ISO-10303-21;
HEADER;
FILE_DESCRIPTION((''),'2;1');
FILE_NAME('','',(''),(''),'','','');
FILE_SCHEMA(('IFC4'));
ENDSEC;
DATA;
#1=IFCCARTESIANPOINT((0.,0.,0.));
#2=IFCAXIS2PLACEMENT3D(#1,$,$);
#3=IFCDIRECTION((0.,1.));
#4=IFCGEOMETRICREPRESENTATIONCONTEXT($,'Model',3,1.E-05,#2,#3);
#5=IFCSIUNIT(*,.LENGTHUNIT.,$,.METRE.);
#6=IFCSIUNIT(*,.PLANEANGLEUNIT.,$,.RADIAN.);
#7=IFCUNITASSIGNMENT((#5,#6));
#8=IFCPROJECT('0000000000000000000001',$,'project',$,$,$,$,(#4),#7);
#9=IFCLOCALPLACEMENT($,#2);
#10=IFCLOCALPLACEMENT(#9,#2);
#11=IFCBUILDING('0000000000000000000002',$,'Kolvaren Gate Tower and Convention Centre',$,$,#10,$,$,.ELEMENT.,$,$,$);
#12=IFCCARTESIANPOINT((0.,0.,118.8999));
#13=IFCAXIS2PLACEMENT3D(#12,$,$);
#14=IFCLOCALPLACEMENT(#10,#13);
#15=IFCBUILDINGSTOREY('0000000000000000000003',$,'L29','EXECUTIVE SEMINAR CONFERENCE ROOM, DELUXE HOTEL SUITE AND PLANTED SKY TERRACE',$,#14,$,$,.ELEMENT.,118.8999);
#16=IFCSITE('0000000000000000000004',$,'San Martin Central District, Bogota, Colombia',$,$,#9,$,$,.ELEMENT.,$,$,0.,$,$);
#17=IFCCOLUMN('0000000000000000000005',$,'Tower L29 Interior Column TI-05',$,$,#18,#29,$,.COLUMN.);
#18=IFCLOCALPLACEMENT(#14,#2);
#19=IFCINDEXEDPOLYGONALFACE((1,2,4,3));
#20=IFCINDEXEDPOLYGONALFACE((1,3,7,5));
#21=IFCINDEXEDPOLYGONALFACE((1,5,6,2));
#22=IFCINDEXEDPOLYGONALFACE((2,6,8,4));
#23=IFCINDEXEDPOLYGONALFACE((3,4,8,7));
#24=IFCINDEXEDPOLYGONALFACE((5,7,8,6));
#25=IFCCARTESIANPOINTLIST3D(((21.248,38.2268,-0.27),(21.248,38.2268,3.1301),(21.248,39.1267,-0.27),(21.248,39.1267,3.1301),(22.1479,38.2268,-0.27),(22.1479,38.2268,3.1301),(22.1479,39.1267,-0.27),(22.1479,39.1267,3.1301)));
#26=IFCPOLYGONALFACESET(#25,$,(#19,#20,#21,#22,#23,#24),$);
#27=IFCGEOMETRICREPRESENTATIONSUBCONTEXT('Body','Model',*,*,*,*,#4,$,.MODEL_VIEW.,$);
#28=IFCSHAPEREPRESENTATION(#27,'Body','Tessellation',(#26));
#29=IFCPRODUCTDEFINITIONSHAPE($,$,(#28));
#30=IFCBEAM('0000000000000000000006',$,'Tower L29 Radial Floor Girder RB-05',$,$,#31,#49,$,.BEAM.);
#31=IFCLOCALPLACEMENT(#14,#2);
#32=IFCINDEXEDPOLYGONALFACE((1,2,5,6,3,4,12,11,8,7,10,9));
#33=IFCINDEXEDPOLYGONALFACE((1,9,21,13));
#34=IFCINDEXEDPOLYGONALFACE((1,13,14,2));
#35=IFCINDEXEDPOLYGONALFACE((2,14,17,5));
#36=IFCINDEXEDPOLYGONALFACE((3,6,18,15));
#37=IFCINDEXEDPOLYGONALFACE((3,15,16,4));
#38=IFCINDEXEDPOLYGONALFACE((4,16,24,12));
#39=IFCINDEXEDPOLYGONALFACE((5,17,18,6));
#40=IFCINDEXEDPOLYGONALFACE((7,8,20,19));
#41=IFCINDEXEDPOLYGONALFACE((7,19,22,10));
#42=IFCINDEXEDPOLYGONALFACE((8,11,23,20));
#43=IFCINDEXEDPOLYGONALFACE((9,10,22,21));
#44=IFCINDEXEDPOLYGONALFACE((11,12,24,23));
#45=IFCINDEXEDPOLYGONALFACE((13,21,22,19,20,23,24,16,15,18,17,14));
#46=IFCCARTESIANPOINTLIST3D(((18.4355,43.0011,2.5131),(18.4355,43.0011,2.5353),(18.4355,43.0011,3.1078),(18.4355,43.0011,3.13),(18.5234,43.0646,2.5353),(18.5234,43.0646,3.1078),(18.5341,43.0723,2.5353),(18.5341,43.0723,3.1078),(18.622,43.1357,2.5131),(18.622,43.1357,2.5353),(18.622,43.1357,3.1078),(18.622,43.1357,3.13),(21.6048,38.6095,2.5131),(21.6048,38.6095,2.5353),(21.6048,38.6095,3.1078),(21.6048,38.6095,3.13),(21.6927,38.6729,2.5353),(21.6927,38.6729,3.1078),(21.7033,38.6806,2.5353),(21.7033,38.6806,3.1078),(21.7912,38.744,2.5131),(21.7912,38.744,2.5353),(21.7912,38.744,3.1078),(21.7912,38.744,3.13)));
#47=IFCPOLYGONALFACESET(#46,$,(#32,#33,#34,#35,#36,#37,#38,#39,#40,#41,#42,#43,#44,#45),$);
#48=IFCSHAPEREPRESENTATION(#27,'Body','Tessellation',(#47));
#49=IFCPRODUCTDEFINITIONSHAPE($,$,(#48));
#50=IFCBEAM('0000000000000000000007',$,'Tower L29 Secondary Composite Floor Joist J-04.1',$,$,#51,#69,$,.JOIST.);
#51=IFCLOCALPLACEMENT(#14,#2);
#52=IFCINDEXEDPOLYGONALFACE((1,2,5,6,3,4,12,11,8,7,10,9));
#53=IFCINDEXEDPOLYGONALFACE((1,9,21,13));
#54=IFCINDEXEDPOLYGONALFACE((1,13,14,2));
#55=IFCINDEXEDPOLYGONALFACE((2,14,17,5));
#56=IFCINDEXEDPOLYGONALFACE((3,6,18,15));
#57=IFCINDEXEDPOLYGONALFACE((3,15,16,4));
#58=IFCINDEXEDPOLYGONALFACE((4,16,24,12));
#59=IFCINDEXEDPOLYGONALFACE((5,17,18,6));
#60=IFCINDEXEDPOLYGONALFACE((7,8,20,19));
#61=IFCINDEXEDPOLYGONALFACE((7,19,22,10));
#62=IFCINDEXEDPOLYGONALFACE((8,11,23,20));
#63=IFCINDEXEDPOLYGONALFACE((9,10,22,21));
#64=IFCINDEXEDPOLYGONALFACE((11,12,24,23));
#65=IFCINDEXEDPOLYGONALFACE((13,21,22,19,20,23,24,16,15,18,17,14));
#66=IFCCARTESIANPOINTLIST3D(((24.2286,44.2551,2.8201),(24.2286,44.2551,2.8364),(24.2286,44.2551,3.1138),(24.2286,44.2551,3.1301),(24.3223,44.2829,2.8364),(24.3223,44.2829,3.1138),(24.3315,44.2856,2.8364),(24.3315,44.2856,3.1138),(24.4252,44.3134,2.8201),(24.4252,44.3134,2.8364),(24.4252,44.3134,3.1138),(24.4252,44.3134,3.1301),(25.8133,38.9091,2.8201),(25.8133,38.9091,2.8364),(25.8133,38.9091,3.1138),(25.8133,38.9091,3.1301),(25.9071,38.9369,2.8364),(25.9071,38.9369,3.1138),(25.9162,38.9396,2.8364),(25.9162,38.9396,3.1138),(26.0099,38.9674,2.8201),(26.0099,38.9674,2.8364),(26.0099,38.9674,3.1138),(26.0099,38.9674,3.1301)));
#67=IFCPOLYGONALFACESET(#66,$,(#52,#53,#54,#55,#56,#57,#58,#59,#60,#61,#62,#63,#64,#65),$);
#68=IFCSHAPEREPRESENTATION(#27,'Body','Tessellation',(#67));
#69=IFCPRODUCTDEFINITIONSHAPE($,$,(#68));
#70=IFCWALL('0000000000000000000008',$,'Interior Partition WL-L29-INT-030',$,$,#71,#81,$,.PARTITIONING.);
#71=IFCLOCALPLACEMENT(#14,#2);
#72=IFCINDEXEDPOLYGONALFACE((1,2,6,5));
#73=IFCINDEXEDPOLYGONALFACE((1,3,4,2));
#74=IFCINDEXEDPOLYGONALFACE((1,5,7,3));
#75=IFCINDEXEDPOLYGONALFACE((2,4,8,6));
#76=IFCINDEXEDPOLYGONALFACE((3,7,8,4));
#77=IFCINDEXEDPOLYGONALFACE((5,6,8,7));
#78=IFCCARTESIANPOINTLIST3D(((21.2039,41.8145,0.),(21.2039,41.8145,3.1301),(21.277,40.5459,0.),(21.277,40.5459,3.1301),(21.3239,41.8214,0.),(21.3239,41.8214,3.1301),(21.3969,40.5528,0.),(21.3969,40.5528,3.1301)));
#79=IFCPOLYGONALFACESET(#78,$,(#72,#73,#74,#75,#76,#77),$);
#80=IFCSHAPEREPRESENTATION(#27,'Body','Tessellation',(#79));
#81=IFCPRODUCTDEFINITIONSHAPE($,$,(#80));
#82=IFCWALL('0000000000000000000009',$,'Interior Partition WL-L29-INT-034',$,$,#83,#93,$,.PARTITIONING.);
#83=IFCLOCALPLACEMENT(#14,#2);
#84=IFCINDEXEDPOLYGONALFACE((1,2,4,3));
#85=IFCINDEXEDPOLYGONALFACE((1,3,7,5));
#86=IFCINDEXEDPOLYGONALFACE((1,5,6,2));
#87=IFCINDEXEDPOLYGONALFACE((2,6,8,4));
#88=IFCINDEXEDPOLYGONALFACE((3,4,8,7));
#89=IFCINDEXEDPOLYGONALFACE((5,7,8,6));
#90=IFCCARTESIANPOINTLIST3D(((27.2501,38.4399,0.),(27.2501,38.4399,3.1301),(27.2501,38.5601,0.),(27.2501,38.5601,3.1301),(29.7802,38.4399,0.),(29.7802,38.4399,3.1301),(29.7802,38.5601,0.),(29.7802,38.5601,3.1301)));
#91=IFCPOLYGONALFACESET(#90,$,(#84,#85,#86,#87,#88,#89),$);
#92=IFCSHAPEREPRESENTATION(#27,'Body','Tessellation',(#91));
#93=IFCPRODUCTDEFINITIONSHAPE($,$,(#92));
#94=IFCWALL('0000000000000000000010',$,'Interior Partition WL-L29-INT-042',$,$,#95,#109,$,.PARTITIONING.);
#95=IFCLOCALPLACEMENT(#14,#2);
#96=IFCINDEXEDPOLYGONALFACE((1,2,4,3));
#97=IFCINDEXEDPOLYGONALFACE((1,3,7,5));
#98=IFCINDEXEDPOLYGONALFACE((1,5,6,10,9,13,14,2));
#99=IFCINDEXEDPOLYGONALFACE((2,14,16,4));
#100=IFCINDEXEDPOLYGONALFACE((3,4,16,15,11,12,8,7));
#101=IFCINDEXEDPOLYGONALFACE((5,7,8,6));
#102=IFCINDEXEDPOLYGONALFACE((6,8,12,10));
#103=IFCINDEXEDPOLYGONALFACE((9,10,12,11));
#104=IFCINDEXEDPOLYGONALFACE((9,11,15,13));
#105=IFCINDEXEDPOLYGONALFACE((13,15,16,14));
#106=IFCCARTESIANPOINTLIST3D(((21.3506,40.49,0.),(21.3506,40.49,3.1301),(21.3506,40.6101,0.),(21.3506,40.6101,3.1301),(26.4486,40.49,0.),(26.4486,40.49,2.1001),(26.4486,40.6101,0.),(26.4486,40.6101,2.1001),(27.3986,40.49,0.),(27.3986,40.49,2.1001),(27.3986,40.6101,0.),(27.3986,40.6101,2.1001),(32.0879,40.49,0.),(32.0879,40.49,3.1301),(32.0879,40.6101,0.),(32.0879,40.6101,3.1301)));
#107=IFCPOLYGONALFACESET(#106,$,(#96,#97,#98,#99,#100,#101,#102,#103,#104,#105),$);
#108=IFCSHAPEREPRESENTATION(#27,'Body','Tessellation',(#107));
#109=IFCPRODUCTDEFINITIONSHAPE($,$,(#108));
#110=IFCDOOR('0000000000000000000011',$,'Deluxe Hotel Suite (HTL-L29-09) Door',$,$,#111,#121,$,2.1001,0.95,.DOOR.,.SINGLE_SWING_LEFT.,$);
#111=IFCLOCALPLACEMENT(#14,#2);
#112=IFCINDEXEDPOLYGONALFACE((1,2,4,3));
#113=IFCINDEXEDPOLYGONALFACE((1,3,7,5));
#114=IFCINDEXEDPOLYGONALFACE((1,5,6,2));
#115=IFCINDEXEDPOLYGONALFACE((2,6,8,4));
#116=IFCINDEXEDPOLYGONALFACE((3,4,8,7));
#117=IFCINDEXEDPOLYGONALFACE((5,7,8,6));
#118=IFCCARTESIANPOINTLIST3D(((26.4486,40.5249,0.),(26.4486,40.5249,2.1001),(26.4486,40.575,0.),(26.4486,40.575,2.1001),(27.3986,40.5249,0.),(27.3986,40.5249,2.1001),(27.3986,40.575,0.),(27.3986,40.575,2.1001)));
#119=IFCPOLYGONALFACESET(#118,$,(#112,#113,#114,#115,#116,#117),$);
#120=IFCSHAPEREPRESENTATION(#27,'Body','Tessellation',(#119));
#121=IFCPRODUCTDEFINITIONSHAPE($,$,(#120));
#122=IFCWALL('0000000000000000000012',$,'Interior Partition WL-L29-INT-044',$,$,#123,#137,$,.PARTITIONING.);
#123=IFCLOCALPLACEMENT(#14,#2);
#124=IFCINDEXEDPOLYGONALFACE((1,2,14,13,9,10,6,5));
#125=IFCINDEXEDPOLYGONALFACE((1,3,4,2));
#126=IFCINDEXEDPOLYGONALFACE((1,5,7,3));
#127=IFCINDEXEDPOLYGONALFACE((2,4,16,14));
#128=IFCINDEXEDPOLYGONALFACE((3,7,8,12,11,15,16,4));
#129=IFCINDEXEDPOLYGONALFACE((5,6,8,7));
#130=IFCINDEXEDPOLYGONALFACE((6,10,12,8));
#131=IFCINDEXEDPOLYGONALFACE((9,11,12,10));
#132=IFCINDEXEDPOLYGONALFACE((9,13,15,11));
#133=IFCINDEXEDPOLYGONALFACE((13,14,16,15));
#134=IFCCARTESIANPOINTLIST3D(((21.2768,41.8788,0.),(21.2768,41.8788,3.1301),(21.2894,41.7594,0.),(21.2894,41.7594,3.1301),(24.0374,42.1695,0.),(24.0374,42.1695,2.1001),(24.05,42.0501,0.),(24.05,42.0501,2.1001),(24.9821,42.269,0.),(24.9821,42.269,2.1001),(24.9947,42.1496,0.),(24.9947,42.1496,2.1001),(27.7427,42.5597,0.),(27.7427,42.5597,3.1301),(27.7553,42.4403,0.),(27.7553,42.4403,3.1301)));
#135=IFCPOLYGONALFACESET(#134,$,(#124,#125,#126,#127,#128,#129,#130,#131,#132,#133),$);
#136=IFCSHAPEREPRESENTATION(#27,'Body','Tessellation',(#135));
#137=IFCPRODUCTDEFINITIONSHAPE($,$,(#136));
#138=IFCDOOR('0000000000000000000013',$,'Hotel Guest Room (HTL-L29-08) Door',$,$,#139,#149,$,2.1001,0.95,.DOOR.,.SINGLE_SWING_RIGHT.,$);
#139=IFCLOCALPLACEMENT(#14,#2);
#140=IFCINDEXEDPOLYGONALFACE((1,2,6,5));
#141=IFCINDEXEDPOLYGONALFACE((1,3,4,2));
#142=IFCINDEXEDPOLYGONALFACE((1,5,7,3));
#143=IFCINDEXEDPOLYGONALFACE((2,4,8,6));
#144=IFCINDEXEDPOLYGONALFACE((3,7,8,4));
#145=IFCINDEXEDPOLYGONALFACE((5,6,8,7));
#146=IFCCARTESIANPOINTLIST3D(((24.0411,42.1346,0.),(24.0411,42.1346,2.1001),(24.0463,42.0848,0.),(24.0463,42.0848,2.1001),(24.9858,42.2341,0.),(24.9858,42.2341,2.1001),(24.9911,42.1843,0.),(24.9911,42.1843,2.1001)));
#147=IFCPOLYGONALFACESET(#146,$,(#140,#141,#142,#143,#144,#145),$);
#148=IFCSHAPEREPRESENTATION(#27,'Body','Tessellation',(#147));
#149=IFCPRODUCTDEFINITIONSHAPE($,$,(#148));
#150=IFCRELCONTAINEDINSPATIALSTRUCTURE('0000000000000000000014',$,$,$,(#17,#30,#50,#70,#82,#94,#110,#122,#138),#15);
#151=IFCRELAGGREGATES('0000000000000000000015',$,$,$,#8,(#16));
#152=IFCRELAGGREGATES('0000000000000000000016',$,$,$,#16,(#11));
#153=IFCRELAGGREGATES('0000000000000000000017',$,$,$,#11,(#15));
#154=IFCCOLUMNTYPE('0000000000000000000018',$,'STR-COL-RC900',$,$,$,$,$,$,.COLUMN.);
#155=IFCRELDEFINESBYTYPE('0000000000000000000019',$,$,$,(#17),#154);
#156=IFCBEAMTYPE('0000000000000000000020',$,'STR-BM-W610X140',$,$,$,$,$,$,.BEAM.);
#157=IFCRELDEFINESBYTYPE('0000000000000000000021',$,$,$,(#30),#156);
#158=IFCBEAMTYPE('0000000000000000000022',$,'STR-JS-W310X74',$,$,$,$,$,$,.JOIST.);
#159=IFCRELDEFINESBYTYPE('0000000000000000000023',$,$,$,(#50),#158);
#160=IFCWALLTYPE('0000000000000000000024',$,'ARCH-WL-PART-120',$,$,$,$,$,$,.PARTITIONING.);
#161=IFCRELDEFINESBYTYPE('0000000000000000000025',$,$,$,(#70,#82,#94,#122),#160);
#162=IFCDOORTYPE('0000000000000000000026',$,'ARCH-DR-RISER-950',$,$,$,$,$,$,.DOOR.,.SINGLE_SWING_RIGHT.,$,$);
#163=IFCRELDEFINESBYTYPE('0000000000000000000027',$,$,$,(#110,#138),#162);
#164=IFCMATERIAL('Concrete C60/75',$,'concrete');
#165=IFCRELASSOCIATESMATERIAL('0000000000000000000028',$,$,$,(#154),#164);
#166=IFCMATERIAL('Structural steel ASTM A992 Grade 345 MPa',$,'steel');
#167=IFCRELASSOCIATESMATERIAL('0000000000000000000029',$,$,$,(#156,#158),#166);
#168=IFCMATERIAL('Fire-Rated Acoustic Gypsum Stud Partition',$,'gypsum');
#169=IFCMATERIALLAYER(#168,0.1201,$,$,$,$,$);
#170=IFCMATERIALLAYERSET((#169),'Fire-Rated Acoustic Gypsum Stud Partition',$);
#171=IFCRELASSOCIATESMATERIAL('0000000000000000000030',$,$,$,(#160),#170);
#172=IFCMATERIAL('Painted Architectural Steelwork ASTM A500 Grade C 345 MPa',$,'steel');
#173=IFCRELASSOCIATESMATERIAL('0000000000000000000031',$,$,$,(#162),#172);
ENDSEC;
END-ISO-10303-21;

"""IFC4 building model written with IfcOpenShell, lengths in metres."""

from ifc_helpers import new_model, si_unit, direction, frame, frame_2d, origin, origin_2d, place, context, subcontext, project, spatial, rectangle, i_section, extrude, material, layer, layer_set, material_profile, profile_set, type_object, element, fill, save


model = new_model("IFC4")

# Units and contexts
model_context = context("Model", 3, precision=1e-05, world=origin(), true_north=direction((0.0, 1.0)))
body_context = subcontext(model_context, "Body", "Model", "MODEL_VIEW")
ifc_project = project(units=[si_unit("LENGTHUNIT", "METRE"), si_unit("PLANEANGLEUNIT", "RADIAN")], contexts=[model_context])

# Site, building, storey
site_placement = place(None, origin())
site = spatial("IfcSite", under=ifc_project, at=site_placement, Name="San Martin Central District, Bogota, Colombia", CompositionType="ELEMENT", RefElevation=0.0)
building_placement = place(site_placement, origin())
building = spatial("IfcBuilding", under=site, at=building_placement, Name="Kolvaren Gate Tower and Convention Centre", CompositionType="ELEMENT")
storey_placement = place(building_placement, frame((0.0, 0.0, 118.8999)))
storey = spatial("IfcBuildingStorey", under=building, at=storey_placement, Name="L29", Description="EXECUTIVE SEMINAR CONFERENCE ROOM, DELUXE HOTEL SUITE AND PLANTED SKY TERRACE", CompositionType="ELEMENT", Elevation=118.8999)

# Column
ifc_material_1 = material(Name="Concrete C60/75", Category="concrete")
ifc_material_profile_1 = material_profile(ifc_material_1, rectangle(XDim=0.8999, YDim=0.8999, at=origin_2d()), Name="RC-COL-900X900")
ifc_profile_set_1 = profile_set([ifc_material_profile_1], Name="Concrete C60/75")
column_type = type_object("IfcColumnType", Name="STR-COL-RC900", PredefinedType="COLUMN", material=ifc_profile_set_1)
column_placement = place(storey_placement, frame((21.698, 38.6768, -0.27), z_axis=(0.0, 0.0, 1.0), x_axis=(1.0, 0.0, 0.0)))
element("IfcColumn", 1, at=column_placement, inside=storey, type_object=column_type, Name="Tower L29 Interior Column TI-05", PredefinedType="COLUMN", context=body_context, shape_type="SweptSolid", body=[
    extrude(rectangle(XDim=0.8999, YDim=0.8999, at=origin_2d()), origin(), (0.0, 0.0, 1.0), 3.4001),
])

# Beams
ifc_material_2 = material(Name="Structural steel ASTM A992 Grade 345 MPa", Category="steel")
ifc_material_profile_2 = material_profile(ifc_material_2, i_section(OverallWidth=0.23, OverallDepth=0.6169, WebThickness=0.0132, FlangeThickness=0.0222, at=origin_2d()), Name="W610X140")
ifc_profile_set_2 = profile_set([ifc_material_profile_2], Name="Structural steel ASTM A992 Grade 345 MPa")
beam_type_1 = type_object("IfcBeamType", Name="STR-BM-W610X140", PredefinedType="BEAM", material=ifc_profile_set_2)
beam_1_placement = place(storey_placement, frame((21.698, 38.6768, 2.8215), z_axis=(-0.585184, 0.8109, 0.0), x_axis=(-0.8109, -0.585184, 0.0)))
element("IfcBeam", 2, at=beam_1_placement, inside=storey, type_object=beam_type_1, Name="Tower L29 Radial Floor Girder RB-05", PredefinedType="BEAM", context=body_context, shape_type="SweptSolid", body=[
    extrude(i_section(OverallWidth=0.23, OverallDepth=0.6169, WebThickness=0.0132, FlangeThickness=0.0222, at=origin_2d()), origin(), (0.0, 0.0, 1.0), 5.4158),
])
ifc_material_profile_3 = material_profile(ifc_material_2, i_section(OverallWidth=0.2051, OverallDepth=0.3101, WebThickness=0.0095, FlangeThickness=0.0164, at=origin_2d()), Name="W310X74")
ifc_profile_set_3 = profile_set([ifc_material_profile_3], Name="Structural steel ASTM A992 Grade 345 MPa")
beam_type_2 = type_object("IfcBeamType", Name="STR-JS-W310X74", PredefinedType="JOIST", material=ifc_profile_set_3)
beam_2_placement = place(storey_placement, frame((25.9116, 38.9382, 2.9751), z_axis=(-0.284209, 0.958762, 0.0), x_axis=(-0.958762, -0.284209, 0.0)))
element("IfcBeam", 3, at=beam_2_placement, inside=storey, type_object=beam_type_2, Name="Tower L29 Secondary Composite Floor Joist J-04.1", PredefinedType="JOIST", context=body_context, shape_type="SweptSolid", body=[
    extrude(i_section(OverallWidth=0.2051, OverallDepth=0.3101, WebThickness=0.0095, FlangeThickness=0.0164, at=origin_2d()), origin(), (0.0, 0.0, 1.0), 5.5759),
])

# Walls
ifc_material_3 = material(Name="Fire-Rated Acoustic Gypsum Stud Partition", Category="gypsum")
ifc_layer_1 = layer(ifc_material_3, 0.1201)
ifc_layer_set_1 = layer_set([ifc_layer_1], Name="Fire-Rated Acoustic Gypsum Stud Partition")
wall_type_1 = type_object("IfcWallType", Name="ARCH-WL-PART-120", PredefinedType="PARTITIONING", material=ifc_layer_set_1)
wall_1_placement = place(storey_placement, frame((21.2639, 41.8179, 0.0), z_axis=(0.0, 0.0, 1.0), x_axis=(0.057449, -0.998348, 0.0)))
element("IfcWall", 4, at=wall_1_placement, inside=storey, type_object=wall_type_1, Name="Interior Partition WL-L29-INT-030", PredefinedType="PARTITIONING", context=body_context, shape_type="SweptSolid", body=[
    extrude(rectangle(XDim=1.2708, YDim=0.1201, at=frame_2d((0.6353, 0.0))), origin(), (0.0, 0.0, 1.0), 3.1301),
])
wall_2_placement = place(storey_placement, frame((27.25, 38.5, 0.0), z_axis=(0.0, 0.0, 1.0), x_axis=(1.0, 0.0, 0.0)))
element("IfcWall", 5, at=wall_2_placement, inside=storey, type_object=wall_type_1, Name="Interior Partition WL-L29-INT-034", PredefinedType="PARTITIONING", context=body_context, shape_type="SweptSolid", body=[
    extrude(rectangle(XDim=2.53, YDim=0.1201, at=frame_2d((1.2651, 0.0))), origin(), (0.0, 0.0, 1.0), 3.1301),
])

# Walls, openings, doors
wall_3_placement = place(storey_placement, frame((21.3506, 40.55, 0.0), z_axis=(0.0, 0.0, 1.0), x_axis=(1.0, 0.0, 0.0)))
wall_3 = element("IfcWall", 6, at=wall_3_placement, inside=storey, type_object=wall_type_1, Name="Interior Partition WL-L29-INT-042", PredefinedType="PARTITIONING", context=body_context, shape_type="SweptSolid", body=[
    extrude(rectangle(XDim=10.7373, YDim=0.1201, at=frame_2d((5.3687, 0.0))), origin(), (0.0, 0.0, 1.0), 3.1301),
])
opening_1_placement = place(wall_3_placement, frame((5.0979, 0.0, 0.0)))
opening_1 = element("IfcOpeningElement", 7, at=opening_1_placement, cuts=wall_3, PredefinedType="OPENING", context=body_context, shape_type="SweptSolid", body=[
    extrude(rectangle(XDim=0.95, YDim=2.1001, at=frame_2d((0.4751, 1.05))), frame((0.0, 0.0701, 0.0), z_axis=(0.0, -1.0, 0.0), x_axis=(1.0, 0.0, 0.0)), (0.0, 0.0, 1.0), 0.1401),
])
ifc_material_4 = material(Name="Painted Architectural Steelwork ASTM A500 Grade C 345 MPa", Category="steel")
door_type_1 = type_object("IfcDoorType", Name="ARCH-DR-RISER-950", OperationType="SINGLE_SWING_RIGHT", PredefinedType="DOOR", material=ifc_material_4)
door_1_placement = place(opening_1_placement, origin())
door_1 = element("IfcDoor", 8, at=door_1_placement, inside=storey, type_object=door_type_1, Name="Deluxe Hotel Suite (HTL-L29-09) Door", OperationType="SINGLE_SWING_LEFT", OverallHeight=2.1001, OverallWidth=0.95, PredefinedType="DOOR", context=body_context, shape_type="SweptSolid", body=[
    extrude(rectangle(XDim=0.95, YDim=2.1001, at=frame_2d((0.4751, 1.05))), frame((0.0, 0.0249, 0.0), z_axis=(0.0, -1.0, 0.0), x_axis=(1.0, 0.0, 0.0)), (0.0, 0.0, 1.0), 0.05),
])
fill(opening_1, door_1)
wall_4_placement = place(storey_placement, frame((21.283, 41.8191, 0.0), z_axis=(0.0, 0.0, 1.0), x_axis=(0.994501, 0.104726, 0.0)))
wall_4 = element("IfcWall", 9, at=wall_4_placement, inside=storey, type_object=wall_type_1, Name="Interior Partition WL-L29-INT-044", PredefinedType="PARTITIONING", context=body_context, shape_type="SweptSolid", body=[
    extrude(rectangle(XDim=6.5017, YDim=0.1201, at=frame_2d((3.251, 0.0))), origin(), (0.0, 0.0, 1.0), 3.1301),
])
opening_2_placement = place(wall_4_placement, frame((2.7759, 0.0, 0.0)))
opening_2 = element("IfcOpeningElement", 10, at=opening_2_placement, cuts=wall_4, PredefinedType="OPENING", context=body_context, shape_type="SweptSolid", body=[
    extrude(rectangle(XDim=0.95, YDim=2.1001, at=frame_2d((0.4751, 1.05))), frame((0.0, 0.0701, 0.0), z_axis=(0.0, -1.0, 0.0), x_axis=(1.0, 0.0, 0.0)), (0.0, 0.0, 1.0), 0.1401),
])
door_2_placement = place(opening_2_placement, origin())
door_2 = element("IfcDoor", 11, at=door_2_placement, inside=storey, type_object=door_type_1, Name="Hotel Guest Room (HTL-L29-08) Door", OperationType="SINGLE_SWING_RIGHT", OverallHeight=2.1001, OverallWidth=0.95, PredefinedType="DOOR", context=body_context, shape_type="SweptSolid", body=[
    extrude(rectangle(XDim=0.95, YDim=2.1001, at=frame_2d((0.4751, 1.05))), frame((0.0, 0.0249, 0.0), z_axis=(0.0, -1.0, 0.0), x_axis=(1.0, 0.0, 0.0)), (0.0, 0.0, 1.0), 0.05),
])
fill(opening_2, door_2)

save(model, "model.ifc")
